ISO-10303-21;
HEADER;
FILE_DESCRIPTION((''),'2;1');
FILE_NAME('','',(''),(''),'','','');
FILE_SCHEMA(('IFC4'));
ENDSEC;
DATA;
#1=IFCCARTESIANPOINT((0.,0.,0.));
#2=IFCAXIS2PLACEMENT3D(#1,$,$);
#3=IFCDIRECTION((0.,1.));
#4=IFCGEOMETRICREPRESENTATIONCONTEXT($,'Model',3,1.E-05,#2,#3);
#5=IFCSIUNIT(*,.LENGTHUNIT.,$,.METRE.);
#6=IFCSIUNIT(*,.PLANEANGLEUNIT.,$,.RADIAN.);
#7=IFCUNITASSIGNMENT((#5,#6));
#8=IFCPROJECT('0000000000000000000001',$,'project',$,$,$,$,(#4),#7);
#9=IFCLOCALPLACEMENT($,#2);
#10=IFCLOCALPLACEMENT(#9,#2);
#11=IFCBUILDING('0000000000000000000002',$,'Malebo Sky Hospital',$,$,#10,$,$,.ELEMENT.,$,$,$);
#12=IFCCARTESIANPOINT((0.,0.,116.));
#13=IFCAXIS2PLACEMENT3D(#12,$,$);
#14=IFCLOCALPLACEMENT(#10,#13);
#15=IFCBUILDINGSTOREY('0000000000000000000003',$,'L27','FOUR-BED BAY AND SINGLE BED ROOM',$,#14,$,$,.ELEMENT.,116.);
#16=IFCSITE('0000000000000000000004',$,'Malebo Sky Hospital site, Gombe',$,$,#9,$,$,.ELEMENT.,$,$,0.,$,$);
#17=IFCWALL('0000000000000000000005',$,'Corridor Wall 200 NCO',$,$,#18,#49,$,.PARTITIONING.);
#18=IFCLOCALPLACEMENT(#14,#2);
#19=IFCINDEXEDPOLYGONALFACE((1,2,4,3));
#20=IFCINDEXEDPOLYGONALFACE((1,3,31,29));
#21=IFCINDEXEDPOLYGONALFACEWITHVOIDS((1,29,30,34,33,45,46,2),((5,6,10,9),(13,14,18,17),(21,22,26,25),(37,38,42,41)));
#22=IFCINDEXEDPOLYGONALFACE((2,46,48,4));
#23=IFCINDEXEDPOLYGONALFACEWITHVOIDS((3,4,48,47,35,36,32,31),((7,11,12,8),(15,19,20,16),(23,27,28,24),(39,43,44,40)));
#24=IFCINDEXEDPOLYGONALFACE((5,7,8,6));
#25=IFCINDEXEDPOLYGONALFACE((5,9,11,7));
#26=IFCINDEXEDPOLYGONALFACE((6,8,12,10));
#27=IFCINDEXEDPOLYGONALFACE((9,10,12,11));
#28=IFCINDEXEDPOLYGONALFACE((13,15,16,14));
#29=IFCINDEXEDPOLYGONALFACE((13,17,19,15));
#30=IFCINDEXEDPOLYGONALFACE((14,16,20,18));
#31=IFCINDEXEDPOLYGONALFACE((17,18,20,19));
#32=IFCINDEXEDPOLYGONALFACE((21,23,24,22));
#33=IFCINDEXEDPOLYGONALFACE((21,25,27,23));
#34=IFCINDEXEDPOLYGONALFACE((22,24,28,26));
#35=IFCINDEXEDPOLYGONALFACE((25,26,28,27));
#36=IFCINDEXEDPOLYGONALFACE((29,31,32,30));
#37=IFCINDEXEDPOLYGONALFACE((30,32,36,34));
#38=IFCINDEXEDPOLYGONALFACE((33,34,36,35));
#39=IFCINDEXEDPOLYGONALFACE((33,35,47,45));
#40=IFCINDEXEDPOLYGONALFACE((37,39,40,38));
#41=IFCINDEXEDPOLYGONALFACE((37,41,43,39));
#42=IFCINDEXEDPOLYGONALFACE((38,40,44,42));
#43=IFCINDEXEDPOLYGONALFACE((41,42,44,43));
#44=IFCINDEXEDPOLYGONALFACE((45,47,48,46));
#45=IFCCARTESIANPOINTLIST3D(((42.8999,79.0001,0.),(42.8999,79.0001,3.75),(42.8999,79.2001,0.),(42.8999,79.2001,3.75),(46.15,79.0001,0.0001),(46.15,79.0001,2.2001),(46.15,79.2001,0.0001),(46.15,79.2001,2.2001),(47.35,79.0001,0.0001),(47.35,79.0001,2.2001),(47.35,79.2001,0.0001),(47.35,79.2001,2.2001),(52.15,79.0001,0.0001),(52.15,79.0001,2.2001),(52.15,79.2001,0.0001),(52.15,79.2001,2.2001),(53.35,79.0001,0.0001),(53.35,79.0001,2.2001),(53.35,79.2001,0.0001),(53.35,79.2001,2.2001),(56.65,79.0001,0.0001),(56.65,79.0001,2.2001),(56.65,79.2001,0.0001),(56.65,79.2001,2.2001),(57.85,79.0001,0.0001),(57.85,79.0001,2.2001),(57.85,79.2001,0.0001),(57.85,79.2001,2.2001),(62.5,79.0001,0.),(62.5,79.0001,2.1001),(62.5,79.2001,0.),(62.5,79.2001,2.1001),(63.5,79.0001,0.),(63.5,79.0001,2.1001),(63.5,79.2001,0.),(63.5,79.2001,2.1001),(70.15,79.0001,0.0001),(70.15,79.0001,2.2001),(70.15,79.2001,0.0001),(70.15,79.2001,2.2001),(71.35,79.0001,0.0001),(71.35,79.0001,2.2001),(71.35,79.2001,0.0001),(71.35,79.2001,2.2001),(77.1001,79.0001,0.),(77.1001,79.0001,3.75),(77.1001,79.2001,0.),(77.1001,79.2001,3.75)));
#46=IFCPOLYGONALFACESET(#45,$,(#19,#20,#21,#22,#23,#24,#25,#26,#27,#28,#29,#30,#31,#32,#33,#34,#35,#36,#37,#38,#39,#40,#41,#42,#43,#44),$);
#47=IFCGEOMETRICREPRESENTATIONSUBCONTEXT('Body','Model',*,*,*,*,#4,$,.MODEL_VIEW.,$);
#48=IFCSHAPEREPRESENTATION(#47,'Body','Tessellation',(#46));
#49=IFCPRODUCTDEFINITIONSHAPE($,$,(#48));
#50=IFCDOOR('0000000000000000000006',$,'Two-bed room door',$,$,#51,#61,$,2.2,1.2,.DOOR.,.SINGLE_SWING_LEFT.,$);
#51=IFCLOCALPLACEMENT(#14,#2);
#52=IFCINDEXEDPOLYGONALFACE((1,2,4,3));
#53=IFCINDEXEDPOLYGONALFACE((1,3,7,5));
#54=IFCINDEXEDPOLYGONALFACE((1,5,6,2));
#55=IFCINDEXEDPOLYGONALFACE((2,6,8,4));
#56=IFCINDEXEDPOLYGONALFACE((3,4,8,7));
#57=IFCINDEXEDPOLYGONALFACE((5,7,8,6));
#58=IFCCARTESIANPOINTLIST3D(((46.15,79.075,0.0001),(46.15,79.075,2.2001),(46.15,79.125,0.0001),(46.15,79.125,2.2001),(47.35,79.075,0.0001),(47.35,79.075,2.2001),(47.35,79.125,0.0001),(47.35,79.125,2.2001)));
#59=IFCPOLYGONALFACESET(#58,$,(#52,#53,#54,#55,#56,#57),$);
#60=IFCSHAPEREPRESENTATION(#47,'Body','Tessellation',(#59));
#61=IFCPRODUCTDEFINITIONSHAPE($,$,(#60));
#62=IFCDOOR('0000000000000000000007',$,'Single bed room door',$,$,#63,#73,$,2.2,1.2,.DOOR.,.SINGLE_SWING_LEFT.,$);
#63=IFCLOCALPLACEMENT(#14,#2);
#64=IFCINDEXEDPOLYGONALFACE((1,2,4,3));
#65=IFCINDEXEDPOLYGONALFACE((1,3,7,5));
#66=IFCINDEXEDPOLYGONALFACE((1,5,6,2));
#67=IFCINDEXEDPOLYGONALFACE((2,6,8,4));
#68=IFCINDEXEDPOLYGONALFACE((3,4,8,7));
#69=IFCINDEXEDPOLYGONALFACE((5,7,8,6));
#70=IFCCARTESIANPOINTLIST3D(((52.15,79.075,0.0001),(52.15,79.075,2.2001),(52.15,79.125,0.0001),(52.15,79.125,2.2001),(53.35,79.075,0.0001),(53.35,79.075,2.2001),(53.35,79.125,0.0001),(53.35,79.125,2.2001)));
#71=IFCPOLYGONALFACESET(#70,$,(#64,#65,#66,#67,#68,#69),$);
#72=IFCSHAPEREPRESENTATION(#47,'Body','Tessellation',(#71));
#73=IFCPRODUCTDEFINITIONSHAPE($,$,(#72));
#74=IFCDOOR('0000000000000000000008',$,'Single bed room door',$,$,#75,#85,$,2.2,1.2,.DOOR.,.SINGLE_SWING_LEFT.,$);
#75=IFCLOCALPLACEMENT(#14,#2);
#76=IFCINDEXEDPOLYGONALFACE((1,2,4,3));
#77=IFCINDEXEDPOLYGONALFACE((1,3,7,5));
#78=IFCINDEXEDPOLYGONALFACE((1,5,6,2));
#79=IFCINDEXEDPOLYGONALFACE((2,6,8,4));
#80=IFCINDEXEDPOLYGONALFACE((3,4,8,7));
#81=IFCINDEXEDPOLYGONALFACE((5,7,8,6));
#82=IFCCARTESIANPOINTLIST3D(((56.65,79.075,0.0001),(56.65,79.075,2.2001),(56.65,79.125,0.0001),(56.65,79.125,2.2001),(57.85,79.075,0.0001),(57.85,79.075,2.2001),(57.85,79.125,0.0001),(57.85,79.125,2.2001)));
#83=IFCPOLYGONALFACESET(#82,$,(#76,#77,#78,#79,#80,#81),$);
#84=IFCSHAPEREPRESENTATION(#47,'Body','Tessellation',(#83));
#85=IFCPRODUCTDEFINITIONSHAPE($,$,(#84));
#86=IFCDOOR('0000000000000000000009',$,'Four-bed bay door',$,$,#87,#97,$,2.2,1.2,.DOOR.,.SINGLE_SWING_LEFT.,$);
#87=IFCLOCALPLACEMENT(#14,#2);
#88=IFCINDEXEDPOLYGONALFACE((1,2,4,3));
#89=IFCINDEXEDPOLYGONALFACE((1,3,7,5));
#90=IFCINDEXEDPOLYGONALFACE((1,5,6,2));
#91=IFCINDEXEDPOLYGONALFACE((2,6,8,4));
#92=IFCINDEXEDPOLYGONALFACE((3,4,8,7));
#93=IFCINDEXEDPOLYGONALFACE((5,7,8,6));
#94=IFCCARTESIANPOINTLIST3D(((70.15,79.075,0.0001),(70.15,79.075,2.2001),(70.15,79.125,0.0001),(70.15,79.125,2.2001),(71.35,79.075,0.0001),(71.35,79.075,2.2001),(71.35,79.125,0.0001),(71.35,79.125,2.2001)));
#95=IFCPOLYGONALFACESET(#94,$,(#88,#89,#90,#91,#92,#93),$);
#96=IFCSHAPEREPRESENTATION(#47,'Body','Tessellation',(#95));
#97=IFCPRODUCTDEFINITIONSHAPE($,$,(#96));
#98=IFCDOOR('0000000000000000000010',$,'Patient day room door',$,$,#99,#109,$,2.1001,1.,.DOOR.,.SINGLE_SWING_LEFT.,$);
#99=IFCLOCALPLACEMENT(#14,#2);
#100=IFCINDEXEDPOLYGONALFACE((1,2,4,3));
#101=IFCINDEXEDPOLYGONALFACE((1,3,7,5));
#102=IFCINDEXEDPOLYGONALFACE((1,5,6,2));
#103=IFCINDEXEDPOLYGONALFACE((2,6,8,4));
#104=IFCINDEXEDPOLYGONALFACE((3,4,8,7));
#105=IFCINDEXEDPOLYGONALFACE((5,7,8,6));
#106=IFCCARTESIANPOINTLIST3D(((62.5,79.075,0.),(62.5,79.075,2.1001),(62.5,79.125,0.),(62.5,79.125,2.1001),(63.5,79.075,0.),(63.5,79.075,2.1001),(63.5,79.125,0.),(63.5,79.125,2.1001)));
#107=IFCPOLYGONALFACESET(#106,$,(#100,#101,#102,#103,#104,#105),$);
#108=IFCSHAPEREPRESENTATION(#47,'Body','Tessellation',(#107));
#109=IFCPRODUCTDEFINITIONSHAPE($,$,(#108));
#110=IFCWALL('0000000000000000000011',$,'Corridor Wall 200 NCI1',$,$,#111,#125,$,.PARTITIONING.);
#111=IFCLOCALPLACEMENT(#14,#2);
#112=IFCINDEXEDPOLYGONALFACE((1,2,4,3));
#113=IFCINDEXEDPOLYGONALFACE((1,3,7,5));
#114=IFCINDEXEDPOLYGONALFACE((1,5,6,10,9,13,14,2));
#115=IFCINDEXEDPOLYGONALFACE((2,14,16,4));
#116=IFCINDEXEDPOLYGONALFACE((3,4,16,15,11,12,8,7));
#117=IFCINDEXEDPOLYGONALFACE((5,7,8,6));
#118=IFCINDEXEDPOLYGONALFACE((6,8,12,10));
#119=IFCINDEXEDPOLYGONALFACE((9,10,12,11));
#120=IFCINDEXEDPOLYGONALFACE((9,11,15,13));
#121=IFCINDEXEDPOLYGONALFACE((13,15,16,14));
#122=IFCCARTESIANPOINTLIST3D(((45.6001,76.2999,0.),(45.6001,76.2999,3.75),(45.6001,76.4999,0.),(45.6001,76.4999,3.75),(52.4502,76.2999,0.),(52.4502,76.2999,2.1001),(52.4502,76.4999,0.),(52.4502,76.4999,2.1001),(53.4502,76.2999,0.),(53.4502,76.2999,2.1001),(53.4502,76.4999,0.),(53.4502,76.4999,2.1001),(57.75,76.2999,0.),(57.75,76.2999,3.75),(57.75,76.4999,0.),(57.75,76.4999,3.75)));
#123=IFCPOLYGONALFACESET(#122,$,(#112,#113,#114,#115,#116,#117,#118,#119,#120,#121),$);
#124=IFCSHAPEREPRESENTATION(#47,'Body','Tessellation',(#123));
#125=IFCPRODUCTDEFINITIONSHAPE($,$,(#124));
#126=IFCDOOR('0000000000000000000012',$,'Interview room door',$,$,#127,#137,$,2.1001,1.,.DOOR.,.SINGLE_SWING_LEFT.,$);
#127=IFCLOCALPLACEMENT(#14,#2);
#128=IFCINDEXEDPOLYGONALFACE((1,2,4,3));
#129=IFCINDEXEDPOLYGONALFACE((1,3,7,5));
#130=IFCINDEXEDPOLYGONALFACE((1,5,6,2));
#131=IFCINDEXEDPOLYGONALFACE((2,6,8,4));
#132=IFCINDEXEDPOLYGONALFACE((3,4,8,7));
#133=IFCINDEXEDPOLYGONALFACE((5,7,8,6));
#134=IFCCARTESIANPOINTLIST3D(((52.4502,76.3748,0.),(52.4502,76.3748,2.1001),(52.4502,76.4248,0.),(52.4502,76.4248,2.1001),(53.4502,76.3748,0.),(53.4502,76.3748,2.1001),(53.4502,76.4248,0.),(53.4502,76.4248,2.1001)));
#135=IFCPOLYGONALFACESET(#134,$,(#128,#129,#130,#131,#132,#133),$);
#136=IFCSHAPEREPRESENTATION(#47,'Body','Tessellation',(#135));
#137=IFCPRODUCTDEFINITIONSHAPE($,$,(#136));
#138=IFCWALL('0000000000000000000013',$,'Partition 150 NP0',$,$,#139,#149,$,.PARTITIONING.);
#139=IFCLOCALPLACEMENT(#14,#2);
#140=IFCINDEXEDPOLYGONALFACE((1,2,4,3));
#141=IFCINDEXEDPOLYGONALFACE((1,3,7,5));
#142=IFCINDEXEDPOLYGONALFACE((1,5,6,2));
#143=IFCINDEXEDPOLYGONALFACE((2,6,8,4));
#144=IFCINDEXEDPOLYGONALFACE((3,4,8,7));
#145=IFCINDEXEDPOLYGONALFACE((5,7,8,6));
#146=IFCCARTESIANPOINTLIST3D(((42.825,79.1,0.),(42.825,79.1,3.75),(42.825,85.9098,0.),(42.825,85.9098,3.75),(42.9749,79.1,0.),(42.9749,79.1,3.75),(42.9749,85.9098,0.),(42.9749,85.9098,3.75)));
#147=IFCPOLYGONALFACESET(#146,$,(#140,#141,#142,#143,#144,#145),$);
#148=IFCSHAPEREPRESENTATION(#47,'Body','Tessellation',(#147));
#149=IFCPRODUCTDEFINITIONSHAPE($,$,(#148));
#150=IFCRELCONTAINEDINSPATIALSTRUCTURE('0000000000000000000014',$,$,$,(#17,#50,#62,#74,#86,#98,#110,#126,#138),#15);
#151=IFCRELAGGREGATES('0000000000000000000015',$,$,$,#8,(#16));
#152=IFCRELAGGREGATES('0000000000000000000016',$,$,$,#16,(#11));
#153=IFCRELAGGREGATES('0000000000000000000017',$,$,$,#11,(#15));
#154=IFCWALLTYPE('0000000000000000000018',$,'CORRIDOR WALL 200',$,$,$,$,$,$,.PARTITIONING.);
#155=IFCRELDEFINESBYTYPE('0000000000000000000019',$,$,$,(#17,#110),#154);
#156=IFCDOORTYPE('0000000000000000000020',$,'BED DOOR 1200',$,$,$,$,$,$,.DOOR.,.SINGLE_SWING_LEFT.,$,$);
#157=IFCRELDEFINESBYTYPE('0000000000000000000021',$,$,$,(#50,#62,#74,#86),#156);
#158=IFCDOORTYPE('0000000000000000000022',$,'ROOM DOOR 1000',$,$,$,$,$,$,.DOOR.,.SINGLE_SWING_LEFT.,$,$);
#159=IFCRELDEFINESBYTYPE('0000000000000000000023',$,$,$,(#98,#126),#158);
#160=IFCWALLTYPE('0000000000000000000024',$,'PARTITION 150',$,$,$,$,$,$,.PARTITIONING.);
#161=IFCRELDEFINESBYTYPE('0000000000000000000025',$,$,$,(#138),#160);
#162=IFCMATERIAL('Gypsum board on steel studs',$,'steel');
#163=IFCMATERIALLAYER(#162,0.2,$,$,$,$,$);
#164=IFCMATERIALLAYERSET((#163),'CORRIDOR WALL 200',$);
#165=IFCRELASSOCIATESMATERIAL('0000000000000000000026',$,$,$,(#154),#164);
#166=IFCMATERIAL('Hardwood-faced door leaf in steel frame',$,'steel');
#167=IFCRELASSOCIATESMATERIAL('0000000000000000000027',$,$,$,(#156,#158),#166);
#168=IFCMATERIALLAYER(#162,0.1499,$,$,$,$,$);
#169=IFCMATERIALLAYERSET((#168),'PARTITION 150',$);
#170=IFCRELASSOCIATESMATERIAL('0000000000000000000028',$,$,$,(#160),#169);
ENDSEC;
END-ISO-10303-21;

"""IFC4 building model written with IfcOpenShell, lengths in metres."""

from ifc_helpers import new_model, si_unit, direction, frame, frame_2d, origin, place, context, subcontext, project, spatial, rectangle, extrude, material, layer, layer_set, type_object, element, fill, save


model = new_model("IFC4")

# Units and contexts
model_context = context("Model", 3, precision=1e-05, world=origin(), true_north=direction((0.0, 1.0)))
body_context = subcontext(model_context, "Body", "Model", "MODEL_VIEW")
ifc_project = project(units=[si_unit("LENGTHUNIT", "METRE"), si_unit("PLANEANGLEUNIT", "RADIAN")], contexts=[model_context])

# Site, building, storey
site_placement = place(None, origin())
site = spatial("IfcSite", under=ifc_project, at=site_placement, Name="Malebo Sky Hospital site, Gombe", CompositionType="ELEMENT", RefElevation=0.0)
building_placement = place(site_placement, origin())
building = spatial("IfcBuilding", under=site, at=building_placement, Name="Malebo Sky Hospital", CompositionType="ELEMENT")
storey_placement = place(building_placement, frame((0.0, 0.0, 116.0)))
storey = spatial("IfcBuildingStorey", under=building, at=storey_placement, Name="L27", Description="FOUR-BED BAY AND SINGLE BED ROOM", CompositionType="ELEMENT", Elevation=116.0)

# Wall, openings, doors
ifc_material_1 = material(Name="Gypsum board on steel studs", Category="steel")
ifc_layer_1 = layer(ifc_material_1, 0.2)
ifc_layer_set_1 = layer_set([ifc_layer_1], Name="CORRIDOR WALL 200")
wall_type_1 = type_object("IfcWallType", Name="CORRIDOR WALL 200", PredefinedType="PARTITIONING", material=ifc_layer_set_1)
wall_1_placement = place(storey_placement, frame((42.8999, 79.1001, 0.0), z_axis=(0.0, 0.0, 1.0), x_axis=(1.0, 0.0, 0.0)))
wall_1 = element("IfcWall", 1, at=wall_1_placement, inside=storey, type_object=wall_type_1, Name="Corridor Wall 200 NCO", PredefinedType="PARTITIONING", context=body_context, shape_type="SweptSolid", body=[
    extrude(rectangle(XDim=34.2002, YDim=0.2, at=frame_2d((17.1001, 0.0))), origin(), (0.0, 0.0, 1.0), 3.75),
])
opening_1_placement = place(wall_1_placement, frame((3.25, 0.0, 0.0)))
opening_1 = element("IfcOpeningElement", 2, at=opening_1_placement, cuts=wall_1, PredefinedType="OPENING", context=body_context, shape_type="SweptSolid", body=[
    extrude(rectangle(XDim=1.2, YDim=2.2, at=frame_2d((0.6001, 1.1001))), frame((0.0, 0.1099, 0.0), z_axis=(0.0, -1.0, 0.0), x_axis=(1.0, 0.0, 0.0)), (0.0, 0.0, 1.0), 0.22),
])
opening_2_placement = place(wall_1_placement, frame((9.25, 0.0, 0.0)))
opening_2 = element("IfcOpeningElement", 3, at=opening_2_placement, cuts=wall_1, PredefinedType="OPENING", context=body_context, shape_type="SweptSolid", body=[
    extrude(rectangle(XDim=1.2, YDim=2.2, at=frame_2d((0.6001, 1.1001))), frame((0.0, 0.1099, 0.0), z_axis=(0.0, -1.0, 0.0), x_axis=(1.0, 0.0, 0.0)), (0.0, 0.0, 1.0), 0.22),
])
opening_3_placement = place(wall_1_placement, frame((13.75, 0.0, 0.0)))
opening_3 = element("IfcOpeningElement", 4, at=opening_3_placement, cuts=wall_1, PredefinedType="OPENING", context=body_context, shape_type="SweptSolid", body=[
    extrude(rectangle(XDim=1.2, YDim=2.2, at=frame_2d((0.6001, 1.1001))), frame((0.0, 0.1099, 0.0), z_axis=(0.0, -1.0, 0.0), x_axis=(1.0, 0.0, 0.0)), (0.0, 0.0, 1.0), 0.22),
])
opening_4_placement = place(wall_1_placement, frame((19.6001, 0.0, 0.0)))
opening_4 = element("IfcOpeningElement", 5, at=opening_4_placement, cuts=wall_1, PredefinedType="OPENING", context=body_context, shape_type="SweptSolid", body=[
    extrude(rectangle(XDim=1.0, YDim=2.1001, at=frame_2d((0.5, 1.05))), frame((0.0, 0.1099, 0.0), z_axis=(0.0, -1.0, 0.0), x_axis=(1.0, 0.0, 0.0)), (0.0, 0.0, 1.0), 0.22),
])
opening_5_placement = place(wall_1_placement, frame((27.25, 0.0, 0.0)))
opening_5 = element("IfcOpeningElement", 6, at=opening_5_placement, cuts=wall_1, PredefinedType="OPENING", context=body_context, shape_type="SweptSolid", body=[
    extrude(rectangle(XDim=1.2, YDim=2.2, at=frame_2d((0.6001, 1.1001))), frame((0.0, 0.1099, 0.0), z_axis=(0.0, -1.0, 0.0), x_axis=(1.0, 0.0, 0.0)), (0.0, 0.0, 1.0), 0.22),
])
ifc_material_2 = material(Name="Hardwood-faced door leaf in steel frame", Category="steel")
door_type_1 = type_object("IfcDoorType", Name="BED DOOR 1200", OperationType="SINGLE_SWING_LEFT", PredefinedType="DOOR", material=ifc_material_2)
door_1_placement = place(opening_1_placement, origin())
door_1 = element("IfcDoor", 7, at=door_1_placement, inside=storey, type_object=door_type_1, Name="Two-bed room door", OperationType="SINGLE_SWING_LEFT", OverallHeight=2.2, OverallWidth=1.2, PredefinedType="DOOR", context=body_context, shape_type="SweptSolid", body=[
    extrude(rectangle(XDim=1.2, YDim=2.2, at=frame_2d((0.6001, 1.1001))), frame((0.0, 0.0249, 0.0), z_axis=(0.0, -1.0, 0.0), x_axis=(1.0, 0.0, 0.0)), (0.0, 0.0, 1.0), 0.05),
])
fill(opening_1, door_1)
door_2_placement = place(opening_2_placement, origin())
door_2 = element("IfcDoor", 8, at=door_2_placement, inside=storey, type_object=door_type_1, Name="Single bed room door", OperationType="SINGLE_SWING_LEFT", OverallHeight=2.2, OverallWidth=1.2, PredefinedType="DOOR", context=body_context, shape_type="SweptSolid", body=[
    extrude(rectangle(XDim=1.2, YDim=2.2, at=frame_2d((0.6001, 1.1001))), frame((0.0, 0.0249, 0.0), z_axis=(0.0, -1.0, 0.0), x_axis=(1.0, 0.0, 0.0)), (0.0, 0.0, 1.0), 0.05),
])
fill(opening_2, door_2)
door_3_placement = place(opening_3_placement, origin())
door_3 = element("IfcDoor", 9, at=door_3_placement, inside=storey, type_object=door_type_1, Name="Single bed room door", OperationType="SINGLE_SWING_LEFT", OverallHeight=2.2, OverallWidth=1.2, PredefinedType="DOOR", context=body_context, shape_type="SweptSolid", body=[
    extrude(rectangle(XDim=1.2, YDim=2.2, at=frame_2d((0.6001, 1.1001))), frame((0.0, 0.0249, 0.0), z_axis=(0.0, -1.0, 0.0), x_axis=(1.0, 0.0, 0.0)), (0.0, 0.0, 1.0), 0.05),
])
fill(opening_3, door_3)
door_4_placement = place(opening_5_placement, origin())
door_4 = element("IfcDoor", 10, at=door_4_placement, inside=storey, type_object=door_type_1, Name="Four-bed bay door", OperationType="SINGLE_SWING_LEFT", OverallHeight=2.2, OverallWidth=1.2, PredefinedType="DOOR", context=body_context, shape_type="SweptSolid", body=[
    extrude(rectangle(XDim=1.2, YDim=2.2, at=frame_2d((0.6001, 1.1001))), frame((0.0, 0.0249, 0.0), z_axis=(0.0, -1.0, 0.0), x_axis=(1.0, 0.0, 0.0)), (0.0, 0.0, 1.0), 0.05),
])
fill(opening_5, door_4)
door_type_2 = type_object("IfcDoorType", Name="ROOM DOOR 1000", OperationType="SINGLE_SWING_LEFT", PredefinedType="DOOR", material=ifc_material_2)
door_5_placement = place(opening_4_placement, origin())
door_5 = element("IfcDoor", 11, at=door_5_placement, inside=storey, type_object=door_type_2, Name="Patient day room door", OperationType="SINGLE_SWING_LEFT", OverallHeight=2.1001, OverallWidth=1.0, PredefinedType="DOOR", context=body_context, shape_type="SweptSolid", body=[
    extrude(rectangle(XDim=1.0, YDim=2.1001, at=frame_2d((0.5, 1.05))), frame((0.0, 0.0249, 0.0), z_axis=(0.0, -1.0, 0.0), x_axis=(1.0, 0.0, 0.0)), (0.0, 0.0, 1.0), 0.05),
])
fill(opening_4, door_5)

# Wall, opening, door
wall_2_placement = place(storey_placement, frame((45.6001, 76.3999, 0.0), z_axis=(0.0, 0.0, 1.0), x_axis=(1.0, 0.0, 0.0)))
wall_2 = element("IfcWall", 12, at=wall_2_placement, inside=storey, type_object=wall_type_1, Name="Corridor Wall 200 NCI1", PredefinedType="PARTITIONING", context=body_context, shape_type="SweptSolid", body=[
    extrude(rectangle(XDim=12.1499, YDim=0.2, at=frame_2d((6.075, 0.0))), origin(), (0.0, 0.0, 1.0), 3.75),
])
opening_6_placement = place(wall_2_placement, frame((6.8501, 0.0, 0.0)))
opening_6 = element("IfcOpeningElement", 13, at=opening_6_placement, cuts=wall_2, PredefinedType="OPENING", context=body_context, shape_type="SweptSolid", body=[
    extrude(rectangle(XDim=1.0, YDim=2.1001, at=frame_2d((0.5, 1.05))), frame((0.0, 0.1099, 0.0), z_axis=(0.0, -1.0, 0.0), x_axis=(1.0, 0.0, 0.0)), (0.0, 0.0, 1.0), 0.22),
])
door_6_placement = place(opening_6_placement, origin())
door_6 = element("IfcDoor", 14, at=door_6_placement, inside=storey, type_object=door_type_2, Name="Interview room door", OperationType="SINGLE_SWING_LEFT", OverallHeight=2.1001, OverallWidth=1.0, PredefinedType="DOOR", context=body_context, shape_type="SweptSolid", body=[
    extrude(rectangle(XDim=1.0, YDim=2.1001, at=frame_2d((0.5, 1.05))), frame((0.0, 0.0249, 0.0), z_axis=(0.0, -1.0, 0.0), x_axis=(1.0, 0.0, 0.0)), (0.0, 0.0, 1.0), 0.05),
])
fill(opening_6, door_6)

# Wall
ifc_layer_2 = layer(ifc_material_1, 0.1499)
ifc_layer_set_2 = layer_set([ifc_layer_2], Name="PARTITION 150")
wall_type_2 = type_object("IfcWallType", Name="PARTITION 150", PredefinedType="PARTITIONING", material=ifc_layer_set_2)
wall_3_placement = place(storey_placement, frame((42.8999, 79.1001, 0.0), z_axis=(0.0, 0.0, 1.0), x_axis=(0.0, 1.0, 0.0)))
element("IfcWall", 15, at=wall_3_placement, inside=storey, type_object=wall_type_2, Name="Partition 150 NP0", PredefinedType="PARTITIONING", context=body_context, shape_type="SweptSolid", body=[
    extrude(rectangle(XDim=6.8098, YDim=0.1499, at=frame_2d((3.4048, 0.0))), origin(), (0.0, 0.0, 1.0), 3.75),
])

save(model, "model.ifc")
